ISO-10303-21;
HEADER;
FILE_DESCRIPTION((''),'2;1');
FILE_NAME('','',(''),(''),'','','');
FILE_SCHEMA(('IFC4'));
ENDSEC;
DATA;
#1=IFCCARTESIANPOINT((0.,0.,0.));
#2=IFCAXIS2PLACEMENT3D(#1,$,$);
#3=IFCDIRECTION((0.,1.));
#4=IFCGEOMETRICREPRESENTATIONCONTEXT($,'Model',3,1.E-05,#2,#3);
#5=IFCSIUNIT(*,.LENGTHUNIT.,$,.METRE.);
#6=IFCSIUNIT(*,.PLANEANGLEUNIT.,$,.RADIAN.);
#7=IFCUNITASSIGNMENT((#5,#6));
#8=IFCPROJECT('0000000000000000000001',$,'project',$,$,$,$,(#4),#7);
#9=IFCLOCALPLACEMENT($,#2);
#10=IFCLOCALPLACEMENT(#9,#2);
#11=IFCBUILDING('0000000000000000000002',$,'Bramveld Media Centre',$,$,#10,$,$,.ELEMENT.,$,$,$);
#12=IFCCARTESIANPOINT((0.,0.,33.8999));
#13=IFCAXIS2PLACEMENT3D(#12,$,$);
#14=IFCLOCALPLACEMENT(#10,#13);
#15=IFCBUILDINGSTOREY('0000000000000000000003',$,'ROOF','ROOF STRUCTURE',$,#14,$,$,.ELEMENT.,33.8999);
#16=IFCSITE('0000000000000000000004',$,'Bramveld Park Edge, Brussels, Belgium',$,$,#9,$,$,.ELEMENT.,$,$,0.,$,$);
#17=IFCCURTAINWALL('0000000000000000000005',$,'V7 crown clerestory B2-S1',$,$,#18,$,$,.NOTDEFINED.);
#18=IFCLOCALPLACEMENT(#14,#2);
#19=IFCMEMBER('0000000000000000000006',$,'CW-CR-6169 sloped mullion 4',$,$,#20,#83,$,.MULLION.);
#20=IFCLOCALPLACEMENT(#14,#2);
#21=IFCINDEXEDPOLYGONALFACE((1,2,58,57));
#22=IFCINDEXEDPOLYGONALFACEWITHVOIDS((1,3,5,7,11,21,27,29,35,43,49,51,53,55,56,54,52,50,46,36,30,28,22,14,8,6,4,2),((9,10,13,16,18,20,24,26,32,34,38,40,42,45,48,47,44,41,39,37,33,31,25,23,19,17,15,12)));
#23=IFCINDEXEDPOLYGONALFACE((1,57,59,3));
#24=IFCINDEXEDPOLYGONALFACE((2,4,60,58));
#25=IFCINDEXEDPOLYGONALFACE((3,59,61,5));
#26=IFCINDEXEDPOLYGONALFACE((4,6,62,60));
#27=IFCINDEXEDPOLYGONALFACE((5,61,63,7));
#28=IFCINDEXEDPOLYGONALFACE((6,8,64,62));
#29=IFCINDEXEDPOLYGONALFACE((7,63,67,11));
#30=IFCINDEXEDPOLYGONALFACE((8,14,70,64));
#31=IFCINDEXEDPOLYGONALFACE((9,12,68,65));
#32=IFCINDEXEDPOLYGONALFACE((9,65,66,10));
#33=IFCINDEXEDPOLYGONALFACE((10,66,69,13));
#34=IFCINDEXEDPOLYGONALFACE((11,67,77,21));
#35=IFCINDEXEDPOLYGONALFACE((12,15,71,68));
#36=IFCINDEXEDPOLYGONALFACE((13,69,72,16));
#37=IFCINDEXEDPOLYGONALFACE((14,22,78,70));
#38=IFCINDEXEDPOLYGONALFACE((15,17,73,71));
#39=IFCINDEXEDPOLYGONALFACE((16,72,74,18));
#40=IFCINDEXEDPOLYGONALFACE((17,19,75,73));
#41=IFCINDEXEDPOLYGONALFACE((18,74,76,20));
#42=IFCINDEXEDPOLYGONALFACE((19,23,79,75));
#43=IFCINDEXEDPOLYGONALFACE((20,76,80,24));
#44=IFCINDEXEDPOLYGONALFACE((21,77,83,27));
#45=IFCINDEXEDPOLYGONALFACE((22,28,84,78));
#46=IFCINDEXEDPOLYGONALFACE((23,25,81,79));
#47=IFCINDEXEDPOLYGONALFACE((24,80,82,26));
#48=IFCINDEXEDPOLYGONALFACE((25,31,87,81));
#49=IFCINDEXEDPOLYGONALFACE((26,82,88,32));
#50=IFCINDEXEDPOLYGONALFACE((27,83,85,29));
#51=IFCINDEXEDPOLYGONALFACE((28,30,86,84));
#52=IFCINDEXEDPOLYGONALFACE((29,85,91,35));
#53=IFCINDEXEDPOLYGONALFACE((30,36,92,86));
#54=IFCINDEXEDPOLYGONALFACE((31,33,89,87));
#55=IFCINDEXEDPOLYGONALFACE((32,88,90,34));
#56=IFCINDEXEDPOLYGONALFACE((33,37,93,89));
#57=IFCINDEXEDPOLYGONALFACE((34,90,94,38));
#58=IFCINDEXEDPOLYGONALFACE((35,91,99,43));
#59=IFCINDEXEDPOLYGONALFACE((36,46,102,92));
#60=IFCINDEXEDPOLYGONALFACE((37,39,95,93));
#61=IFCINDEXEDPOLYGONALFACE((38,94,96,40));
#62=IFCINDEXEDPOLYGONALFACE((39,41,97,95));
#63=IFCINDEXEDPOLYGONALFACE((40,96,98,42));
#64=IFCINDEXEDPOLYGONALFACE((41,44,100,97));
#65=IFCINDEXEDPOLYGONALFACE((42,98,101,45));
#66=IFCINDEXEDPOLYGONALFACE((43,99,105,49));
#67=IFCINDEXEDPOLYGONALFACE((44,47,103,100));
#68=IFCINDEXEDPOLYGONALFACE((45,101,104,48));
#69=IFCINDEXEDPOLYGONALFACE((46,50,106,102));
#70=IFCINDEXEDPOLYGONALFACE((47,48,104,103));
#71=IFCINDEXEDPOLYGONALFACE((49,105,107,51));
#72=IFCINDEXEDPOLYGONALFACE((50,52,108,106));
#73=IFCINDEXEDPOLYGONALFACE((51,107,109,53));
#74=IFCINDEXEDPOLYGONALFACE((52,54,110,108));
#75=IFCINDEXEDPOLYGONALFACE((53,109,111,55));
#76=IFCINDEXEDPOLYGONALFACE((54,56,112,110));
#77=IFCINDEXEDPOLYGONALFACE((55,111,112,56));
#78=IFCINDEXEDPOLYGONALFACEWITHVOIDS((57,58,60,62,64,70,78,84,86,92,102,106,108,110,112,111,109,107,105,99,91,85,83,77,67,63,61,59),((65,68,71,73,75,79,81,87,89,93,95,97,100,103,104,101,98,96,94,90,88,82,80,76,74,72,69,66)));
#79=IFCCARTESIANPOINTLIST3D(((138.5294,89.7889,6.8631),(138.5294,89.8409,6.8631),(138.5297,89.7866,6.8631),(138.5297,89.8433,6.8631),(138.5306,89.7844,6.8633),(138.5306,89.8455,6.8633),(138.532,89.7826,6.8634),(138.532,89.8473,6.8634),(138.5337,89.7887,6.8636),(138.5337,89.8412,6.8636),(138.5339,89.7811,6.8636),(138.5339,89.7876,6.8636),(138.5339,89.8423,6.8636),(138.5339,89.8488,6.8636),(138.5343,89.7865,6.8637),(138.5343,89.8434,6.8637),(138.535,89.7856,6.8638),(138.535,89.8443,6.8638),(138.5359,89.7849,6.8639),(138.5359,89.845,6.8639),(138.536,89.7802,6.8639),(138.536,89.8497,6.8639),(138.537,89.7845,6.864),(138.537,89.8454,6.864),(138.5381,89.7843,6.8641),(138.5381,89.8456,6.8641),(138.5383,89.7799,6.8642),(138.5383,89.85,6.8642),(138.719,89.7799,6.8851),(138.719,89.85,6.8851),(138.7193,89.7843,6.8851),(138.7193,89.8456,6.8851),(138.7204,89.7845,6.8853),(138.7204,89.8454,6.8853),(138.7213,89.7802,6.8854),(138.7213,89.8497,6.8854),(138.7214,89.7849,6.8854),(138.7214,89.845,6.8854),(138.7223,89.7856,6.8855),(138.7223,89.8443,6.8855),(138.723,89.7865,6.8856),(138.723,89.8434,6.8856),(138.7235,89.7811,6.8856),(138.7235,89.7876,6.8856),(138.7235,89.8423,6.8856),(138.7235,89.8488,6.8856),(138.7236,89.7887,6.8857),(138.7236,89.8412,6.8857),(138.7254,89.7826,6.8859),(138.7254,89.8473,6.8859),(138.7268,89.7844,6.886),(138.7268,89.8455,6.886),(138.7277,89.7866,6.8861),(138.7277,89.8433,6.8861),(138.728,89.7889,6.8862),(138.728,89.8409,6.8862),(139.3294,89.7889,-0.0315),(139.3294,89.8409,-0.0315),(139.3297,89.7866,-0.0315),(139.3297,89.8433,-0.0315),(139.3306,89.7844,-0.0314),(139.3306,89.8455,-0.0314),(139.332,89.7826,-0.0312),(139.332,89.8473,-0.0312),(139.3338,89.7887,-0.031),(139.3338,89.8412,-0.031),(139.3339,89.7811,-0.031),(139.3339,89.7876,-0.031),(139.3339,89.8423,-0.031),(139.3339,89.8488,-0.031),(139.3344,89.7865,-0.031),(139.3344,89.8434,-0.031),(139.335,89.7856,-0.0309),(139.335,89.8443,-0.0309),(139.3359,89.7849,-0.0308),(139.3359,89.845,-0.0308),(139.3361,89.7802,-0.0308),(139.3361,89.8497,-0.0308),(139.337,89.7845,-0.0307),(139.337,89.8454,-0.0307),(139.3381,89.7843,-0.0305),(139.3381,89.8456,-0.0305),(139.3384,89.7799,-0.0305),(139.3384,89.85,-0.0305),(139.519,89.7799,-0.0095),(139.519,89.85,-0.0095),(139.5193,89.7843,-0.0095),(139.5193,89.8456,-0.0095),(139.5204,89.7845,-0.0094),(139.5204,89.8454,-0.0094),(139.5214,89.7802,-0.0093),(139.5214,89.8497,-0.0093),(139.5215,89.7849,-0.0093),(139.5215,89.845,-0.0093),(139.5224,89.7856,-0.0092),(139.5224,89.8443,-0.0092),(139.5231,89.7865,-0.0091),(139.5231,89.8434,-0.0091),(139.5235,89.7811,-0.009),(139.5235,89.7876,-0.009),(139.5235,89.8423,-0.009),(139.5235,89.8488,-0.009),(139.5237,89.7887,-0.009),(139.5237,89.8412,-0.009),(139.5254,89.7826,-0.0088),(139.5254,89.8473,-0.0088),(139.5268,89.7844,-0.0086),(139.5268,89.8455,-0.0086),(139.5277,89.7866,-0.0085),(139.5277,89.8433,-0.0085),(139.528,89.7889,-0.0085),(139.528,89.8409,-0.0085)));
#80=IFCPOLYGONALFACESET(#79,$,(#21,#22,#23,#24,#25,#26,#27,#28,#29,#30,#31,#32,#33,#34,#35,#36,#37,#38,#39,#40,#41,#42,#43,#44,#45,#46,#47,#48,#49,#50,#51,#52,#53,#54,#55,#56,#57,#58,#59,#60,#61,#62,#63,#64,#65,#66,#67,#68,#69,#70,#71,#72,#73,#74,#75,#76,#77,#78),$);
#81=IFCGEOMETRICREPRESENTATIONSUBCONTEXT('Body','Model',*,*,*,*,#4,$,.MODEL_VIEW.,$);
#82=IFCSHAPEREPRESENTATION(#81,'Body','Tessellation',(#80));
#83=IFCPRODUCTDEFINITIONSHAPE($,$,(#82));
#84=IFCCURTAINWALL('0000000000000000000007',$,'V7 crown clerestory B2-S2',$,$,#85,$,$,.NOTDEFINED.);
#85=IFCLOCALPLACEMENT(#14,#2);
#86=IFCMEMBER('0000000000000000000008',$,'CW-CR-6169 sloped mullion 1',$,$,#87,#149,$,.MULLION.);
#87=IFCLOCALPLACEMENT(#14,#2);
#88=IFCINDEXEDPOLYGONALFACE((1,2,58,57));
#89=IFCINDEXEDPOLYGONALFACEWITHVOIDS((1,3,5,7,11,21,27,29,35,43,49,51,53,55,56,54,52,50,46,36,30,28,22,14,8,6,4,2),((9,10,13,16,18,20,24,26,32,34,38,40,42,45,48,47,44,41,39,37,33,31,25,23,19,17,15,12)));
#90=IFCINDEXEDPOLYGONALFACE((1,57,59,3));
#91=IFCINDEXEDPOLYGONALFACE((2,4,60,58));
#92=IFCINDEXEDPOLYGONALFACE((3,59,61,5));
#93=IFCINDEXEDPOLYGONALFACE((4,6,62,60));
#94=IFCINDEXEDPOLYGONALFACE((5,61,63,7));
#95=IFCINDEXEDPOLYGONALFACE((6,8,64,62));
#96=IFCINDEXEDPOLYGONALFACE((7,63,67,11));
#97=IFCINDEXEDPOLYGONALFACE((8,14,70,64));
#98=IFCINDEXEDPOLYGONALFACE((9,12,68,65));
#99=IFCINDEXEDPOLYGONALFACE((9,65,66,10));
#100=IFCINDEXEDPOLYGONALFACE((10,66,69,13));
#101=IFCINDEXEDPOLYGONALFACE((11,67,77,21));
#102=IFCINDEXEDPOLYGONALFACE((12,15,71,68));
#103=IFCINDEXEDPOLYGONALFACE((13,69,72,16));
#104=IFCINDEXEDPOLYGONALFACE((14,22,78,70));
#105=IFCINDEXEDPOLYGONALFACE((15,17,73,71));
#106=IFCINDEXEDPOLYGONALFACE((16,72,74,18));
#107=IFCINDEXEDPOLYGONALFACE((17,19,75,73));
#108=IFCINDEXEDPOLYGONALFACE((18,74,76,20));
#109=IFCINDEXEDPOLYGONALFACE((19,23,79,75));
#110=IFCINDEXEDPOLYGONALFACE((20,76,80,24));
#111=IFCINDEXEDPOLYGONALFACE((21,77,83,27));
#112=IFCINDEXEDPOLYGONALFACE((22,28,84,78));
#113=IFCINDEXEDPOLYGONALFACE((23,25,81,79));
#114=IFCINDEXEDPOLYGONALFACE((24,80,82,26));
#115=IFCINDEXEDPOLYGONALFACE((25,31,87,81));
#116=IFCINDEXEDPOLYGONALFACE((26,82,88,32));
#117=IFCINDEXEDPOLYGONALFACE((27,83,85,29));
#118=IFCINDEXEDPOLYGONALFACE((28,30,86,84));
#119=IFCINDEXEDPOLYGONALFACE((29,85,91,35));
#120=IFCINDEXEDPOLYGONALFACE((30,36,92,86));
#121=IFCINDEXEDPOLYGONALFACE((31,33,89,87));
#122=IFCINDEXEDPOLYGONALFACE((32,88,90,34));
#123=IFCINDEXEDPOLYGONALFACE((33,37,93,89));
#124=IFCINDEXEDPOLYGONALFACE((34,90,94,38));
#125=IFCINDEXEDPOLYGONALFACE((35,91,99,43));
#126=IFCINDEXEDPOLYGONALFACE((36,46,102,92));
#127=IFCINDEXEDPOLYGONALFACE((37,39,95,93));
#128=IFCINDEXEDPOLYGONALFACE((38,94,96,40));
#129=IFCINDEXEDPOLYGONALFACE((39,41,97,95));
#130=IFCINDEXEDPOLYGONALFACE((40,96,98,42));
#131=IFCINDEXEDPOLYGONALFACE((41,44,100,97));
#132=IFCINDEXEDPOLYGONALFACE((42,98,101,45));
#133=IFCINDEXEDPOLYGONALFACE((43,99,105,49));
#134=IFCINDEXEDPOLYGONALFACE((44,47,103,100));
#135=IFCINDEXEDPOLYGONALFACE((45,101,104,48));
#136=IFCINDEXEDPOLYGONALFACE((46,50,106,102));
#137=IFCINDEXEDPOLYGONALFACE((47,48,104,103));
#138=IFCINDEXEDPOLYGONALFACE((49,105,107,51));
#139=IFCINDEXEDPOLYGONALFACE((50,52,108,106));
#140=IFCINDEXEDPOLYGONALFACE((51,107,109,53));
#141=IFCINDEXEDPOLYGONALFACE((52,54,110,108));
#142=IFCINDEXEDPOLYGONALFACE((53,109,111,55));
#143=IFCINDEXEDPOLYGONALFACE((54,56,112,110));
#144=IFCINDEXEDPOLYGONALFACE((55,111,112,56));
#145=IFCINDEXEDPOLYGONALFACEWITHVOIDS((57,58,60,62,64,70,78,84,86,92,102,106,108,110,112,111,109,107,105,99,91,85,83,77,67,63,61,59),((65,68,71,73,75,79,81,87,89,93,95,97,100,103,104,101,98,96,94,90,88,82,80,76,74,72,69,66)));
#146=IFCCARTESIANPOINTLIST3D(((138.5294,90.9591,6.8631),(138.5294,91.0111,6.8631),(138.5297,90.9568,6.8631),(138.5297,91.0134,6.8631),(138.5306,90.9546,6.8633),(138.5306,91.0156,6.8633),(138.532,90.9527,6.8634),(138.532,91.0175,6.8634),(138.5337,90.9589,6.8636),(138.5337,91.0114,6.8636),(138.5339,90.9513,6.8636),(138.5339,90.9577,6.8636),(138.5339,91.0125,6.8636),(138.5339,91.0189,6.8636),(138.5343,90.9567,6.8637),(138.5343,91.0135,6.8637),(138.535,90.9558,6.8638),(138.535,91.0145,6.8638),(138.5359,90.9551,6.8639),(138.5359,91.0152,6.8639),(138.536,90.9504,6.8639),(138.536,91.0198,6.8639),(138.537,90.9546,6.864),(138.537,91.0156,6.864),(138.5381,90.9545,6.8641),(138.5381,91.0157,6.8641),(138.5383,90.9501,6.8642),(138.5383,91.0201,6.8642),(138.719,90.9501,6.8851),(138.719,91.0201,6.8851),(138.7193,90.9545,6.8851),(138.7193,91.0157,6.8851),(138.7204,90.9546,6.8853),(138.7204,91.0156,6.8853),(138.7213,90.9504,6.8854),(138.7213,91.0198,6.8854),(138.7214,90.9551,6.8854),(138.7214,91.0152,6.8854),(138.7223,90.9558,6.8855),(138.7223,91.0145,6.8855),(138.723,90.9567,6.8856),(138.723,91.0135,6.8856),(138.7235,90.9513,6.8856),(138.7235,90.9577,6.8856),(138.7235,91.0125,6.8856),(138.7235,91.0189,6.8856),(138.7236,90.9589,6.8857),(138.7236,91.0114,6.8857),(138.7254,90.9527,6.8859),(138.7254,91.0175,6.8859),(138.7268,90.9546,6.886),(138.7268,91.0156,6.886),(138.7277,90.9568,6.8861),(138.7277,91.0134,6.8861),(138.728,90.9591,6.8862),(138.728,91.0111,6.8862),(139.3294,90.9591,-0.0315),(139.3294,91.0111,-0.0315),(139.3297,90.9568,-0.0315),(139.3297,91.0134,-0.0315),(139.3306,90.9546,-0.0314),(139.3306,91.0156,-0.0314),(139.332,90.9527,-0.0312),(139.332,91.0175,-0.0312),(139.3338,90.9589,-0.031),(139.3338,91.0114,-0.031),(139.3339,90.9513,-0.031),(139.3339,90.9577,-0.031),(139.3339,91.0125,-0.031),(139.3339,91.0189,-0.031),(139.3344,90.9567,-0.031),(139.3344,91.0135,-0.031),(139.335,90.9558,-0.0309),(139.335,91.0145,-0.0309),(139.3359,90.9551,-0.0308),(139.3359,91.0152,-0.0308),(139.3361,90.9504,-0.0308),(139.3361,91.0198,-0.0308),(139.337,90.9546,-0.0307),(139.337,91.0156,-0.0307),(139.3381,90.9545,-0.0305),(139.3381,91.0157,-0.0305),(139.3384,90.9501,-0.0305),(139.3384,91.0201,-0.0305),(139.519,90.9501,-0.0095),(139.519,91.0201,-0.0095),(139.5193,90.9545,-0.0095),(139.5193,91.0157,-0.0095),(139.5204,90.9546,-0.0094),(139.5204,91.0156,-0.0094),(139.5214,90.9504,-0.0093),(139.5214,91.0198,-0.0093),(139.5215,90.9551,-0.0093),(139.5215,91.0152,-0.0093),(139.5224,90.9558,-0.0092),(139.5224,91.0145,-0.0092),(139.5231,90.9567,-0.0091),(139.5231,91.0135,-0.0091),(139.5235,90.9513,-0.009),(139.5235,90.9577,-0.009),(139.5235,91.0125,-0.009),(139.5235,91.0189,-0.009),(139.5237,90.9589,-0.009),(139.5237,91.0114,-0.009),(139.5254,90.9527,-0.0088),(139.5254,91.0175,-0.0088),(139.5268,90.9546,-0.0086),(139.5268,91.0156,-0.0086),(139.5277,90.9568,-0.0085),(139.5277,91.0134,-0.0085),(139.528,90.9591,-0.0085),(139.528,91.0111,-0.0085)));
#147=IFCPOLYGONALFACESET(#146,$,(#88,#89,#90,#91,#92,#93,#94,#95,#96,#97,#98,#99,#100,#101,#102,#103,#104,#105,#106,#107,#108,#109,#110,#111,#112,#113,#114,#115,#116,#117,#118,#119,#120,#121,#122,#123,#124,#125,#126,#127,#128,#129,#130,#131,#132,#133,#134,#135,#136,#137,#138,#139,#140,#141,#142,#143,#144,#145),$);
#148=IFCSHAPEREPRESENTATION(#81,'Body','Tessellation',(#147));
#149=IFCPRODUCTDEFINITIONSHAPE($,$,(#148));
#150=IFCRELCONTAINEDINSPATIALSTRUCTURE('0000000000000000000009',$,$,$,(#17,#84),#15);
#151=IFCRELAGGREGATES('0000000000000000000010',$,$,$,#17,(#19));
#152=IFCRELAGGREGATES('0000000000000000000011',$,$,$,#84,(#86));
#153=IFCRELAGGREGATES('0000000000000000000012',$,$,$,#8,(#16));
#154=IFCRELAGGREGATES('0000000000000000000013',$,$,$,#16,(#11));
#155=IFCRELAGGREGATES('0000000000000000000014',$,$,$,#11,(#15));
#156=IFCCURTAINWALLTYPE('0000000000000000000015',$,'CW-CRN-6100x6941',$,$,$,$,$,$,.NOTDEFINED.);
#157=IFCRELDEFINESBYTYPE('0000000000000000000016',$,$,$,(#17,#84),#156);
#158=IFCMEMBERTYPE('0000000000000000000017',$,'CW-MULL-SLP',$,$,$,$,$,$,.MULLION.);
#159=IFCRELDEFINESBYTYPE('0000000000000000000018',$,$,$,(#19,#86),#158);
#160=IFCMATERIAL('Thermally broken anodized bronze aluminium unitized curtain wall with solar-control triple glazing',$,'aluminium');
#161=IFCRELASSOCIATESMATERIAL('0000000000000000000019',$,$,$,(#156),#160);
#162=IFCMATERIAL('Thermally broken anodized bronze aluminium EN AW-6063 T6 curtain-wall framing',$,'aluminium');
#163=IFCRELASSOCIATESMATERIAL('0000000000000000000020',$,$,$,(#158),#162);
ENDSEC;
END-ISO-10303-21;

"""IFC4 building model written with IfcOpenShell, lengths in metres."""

from ifc_helpers import new_model, si_unit, direction, frame, origin, origin_2d, place, context, subcontext, project, spatial, hollow_rectangle, extrude, material, material_profile, profile_set, type_object, element, aggregate, save


model = new_model("IFC4")

# Units and contexts
model_context = context("Model", 3, precision=1e-05, world=origin(), true_north=direction((0.0, 1.0)))
body_context = subcontext(model_context, "Body", "Model", "MODEL_VIEW")
ifc_project = project(units=[si_unit("LENGTHUNIT", "METRE"), si_unit("PLANEANGLEUNIT", "RADIAN")], contexts=[model_context])

# Site, building, storey
site_placement = place(None, origin())
site = spatial("IfcSite", under=ifc_project, at=site_placement, Name="Bramveld Park Edge, Brussels, Belgium", CompositionType="ELEMENT", RefElevation=0.0)
building_placement = place(site_placement, origin())
building = spatial("IfcBuilding", under=site, at=building_placement, Name="Bramveld Media Centre", CompositionType="ELEMENT")
storey_placement = place(building_placement, frame((0.0, 0.0, 33.8999)))
storey = spatial("IfcBuildingStorey", under=building, at=storey_placement, Name="ROOF", Description="ROOF STRUCTURE", CompositionType="ELEMENT", Elevation=33.8999)

# Curtain walls, members
ifc_material_1 = material(Name="Thermally broken anodized bronze aluminium unitized curtain wall with solar-control triple glazing", Category="aluminium")
curtain_wall_type = type_object("IfcCurtainWallType", Name="CW-CRN-6100x6941", PredefinedType="NOTDEFINED", material=ifc_material_1)
curtain_wall_1_placement = place(storey_placement, origin())
curtain_wall_1 = element("IfcCurtainWall", 1, at=curtain_wall_1_placement, inside=storey, type_object=curtain_wall_type, Name="V7 crown clerestory B2-S1", PredefinedType="NOTDEFINED")
ifc_material_2 = material(Name="Thermally broken anodized bronze aluminium EN AW-6063 T6 curtain-wall framing", Category="aluminium")
ifc_material_profile_1 = material_profile(ifc_material_2, hollow_rectangle(XDim=0.0701, YDim=0.2, WallThickness=0.0044, InnerFilletRadius=0.0044, OuterFilletRadius=0.009, at=origin_2d()), Name="AL-MULL 70x200")
ifc_profile_set_1 = profile_set([ifc_material_profile_1], Name="Thermally broken anodized bronze aluminium EN AW-6063 T6 curtain-wall framing")
member_type_1 = type_object("IfcMemberType", Name="CW-MULL-SLP", PredefinedType="MULLION", material=ifc_profile_set_1)
member_1_placement = place(storey_placement, frame((139.4287, 89.8149, -0.02), z_axis=(-0.115264, 0.0, 0.993335), x_axis=(0.0, -1.0, 0.0)))
member_1 = element("IfcMember", 2, at=member_1_placement, type_object=member_type_1, Name="CW-CR-6169 sloped mullion 4", PredefinedType="MULLION", context=body_context, shape_type="SweptSolid", body=[
    extrude(hollow_rectangle(XDim=0.0701, YDim=0.2, WallThickness=0.0044, InnerFilletRadius=0.0044, OuterFilletRadius=0.009, at=origin_2d()), origin(), (0.0, 0.0, 1.0), 6.9409),
])
aggregate(curtain_wall_1, [member_1])
curtain_wall_2_placement = place(storey_placement, origin())
curtain_wall_2 = element("IfcCurtainWall", 3, at=curtain_wall_2_placement, inside=storey, type_object=curtain_wall_type, Name="V7 crown clerestory B2-S2", PredefinedType="NOTDEFINED")
member_2_placement = place(storey_placement, frame((139.4287, 90.9851, -0.02), z_axis=(-0.115264, 0.0, 0.993335), x_axis=(0.0, -1.0, 0.0)))
member_2 = element("IfcMember", 4, at=member_2_placement, type_object=member_type_1, Name="CW-CR-6169 sloped mullion 1", PredefinedType="MULLION", context=body_context, shape_type="SweptSolid", body=[
    extrude(hollow_rectangle(XDim=0.0701, YDim=0.2, WallThickness=0.0044, InnerFilletRadius=0.0044, OuterFilletRadius=0.009, at=origin_2d()), origin(), (0.0, 0.0, 1.0), 6.9409),
])

aggregate(curtain_wall_2, [member_2])

save(model, "model.ifc")
